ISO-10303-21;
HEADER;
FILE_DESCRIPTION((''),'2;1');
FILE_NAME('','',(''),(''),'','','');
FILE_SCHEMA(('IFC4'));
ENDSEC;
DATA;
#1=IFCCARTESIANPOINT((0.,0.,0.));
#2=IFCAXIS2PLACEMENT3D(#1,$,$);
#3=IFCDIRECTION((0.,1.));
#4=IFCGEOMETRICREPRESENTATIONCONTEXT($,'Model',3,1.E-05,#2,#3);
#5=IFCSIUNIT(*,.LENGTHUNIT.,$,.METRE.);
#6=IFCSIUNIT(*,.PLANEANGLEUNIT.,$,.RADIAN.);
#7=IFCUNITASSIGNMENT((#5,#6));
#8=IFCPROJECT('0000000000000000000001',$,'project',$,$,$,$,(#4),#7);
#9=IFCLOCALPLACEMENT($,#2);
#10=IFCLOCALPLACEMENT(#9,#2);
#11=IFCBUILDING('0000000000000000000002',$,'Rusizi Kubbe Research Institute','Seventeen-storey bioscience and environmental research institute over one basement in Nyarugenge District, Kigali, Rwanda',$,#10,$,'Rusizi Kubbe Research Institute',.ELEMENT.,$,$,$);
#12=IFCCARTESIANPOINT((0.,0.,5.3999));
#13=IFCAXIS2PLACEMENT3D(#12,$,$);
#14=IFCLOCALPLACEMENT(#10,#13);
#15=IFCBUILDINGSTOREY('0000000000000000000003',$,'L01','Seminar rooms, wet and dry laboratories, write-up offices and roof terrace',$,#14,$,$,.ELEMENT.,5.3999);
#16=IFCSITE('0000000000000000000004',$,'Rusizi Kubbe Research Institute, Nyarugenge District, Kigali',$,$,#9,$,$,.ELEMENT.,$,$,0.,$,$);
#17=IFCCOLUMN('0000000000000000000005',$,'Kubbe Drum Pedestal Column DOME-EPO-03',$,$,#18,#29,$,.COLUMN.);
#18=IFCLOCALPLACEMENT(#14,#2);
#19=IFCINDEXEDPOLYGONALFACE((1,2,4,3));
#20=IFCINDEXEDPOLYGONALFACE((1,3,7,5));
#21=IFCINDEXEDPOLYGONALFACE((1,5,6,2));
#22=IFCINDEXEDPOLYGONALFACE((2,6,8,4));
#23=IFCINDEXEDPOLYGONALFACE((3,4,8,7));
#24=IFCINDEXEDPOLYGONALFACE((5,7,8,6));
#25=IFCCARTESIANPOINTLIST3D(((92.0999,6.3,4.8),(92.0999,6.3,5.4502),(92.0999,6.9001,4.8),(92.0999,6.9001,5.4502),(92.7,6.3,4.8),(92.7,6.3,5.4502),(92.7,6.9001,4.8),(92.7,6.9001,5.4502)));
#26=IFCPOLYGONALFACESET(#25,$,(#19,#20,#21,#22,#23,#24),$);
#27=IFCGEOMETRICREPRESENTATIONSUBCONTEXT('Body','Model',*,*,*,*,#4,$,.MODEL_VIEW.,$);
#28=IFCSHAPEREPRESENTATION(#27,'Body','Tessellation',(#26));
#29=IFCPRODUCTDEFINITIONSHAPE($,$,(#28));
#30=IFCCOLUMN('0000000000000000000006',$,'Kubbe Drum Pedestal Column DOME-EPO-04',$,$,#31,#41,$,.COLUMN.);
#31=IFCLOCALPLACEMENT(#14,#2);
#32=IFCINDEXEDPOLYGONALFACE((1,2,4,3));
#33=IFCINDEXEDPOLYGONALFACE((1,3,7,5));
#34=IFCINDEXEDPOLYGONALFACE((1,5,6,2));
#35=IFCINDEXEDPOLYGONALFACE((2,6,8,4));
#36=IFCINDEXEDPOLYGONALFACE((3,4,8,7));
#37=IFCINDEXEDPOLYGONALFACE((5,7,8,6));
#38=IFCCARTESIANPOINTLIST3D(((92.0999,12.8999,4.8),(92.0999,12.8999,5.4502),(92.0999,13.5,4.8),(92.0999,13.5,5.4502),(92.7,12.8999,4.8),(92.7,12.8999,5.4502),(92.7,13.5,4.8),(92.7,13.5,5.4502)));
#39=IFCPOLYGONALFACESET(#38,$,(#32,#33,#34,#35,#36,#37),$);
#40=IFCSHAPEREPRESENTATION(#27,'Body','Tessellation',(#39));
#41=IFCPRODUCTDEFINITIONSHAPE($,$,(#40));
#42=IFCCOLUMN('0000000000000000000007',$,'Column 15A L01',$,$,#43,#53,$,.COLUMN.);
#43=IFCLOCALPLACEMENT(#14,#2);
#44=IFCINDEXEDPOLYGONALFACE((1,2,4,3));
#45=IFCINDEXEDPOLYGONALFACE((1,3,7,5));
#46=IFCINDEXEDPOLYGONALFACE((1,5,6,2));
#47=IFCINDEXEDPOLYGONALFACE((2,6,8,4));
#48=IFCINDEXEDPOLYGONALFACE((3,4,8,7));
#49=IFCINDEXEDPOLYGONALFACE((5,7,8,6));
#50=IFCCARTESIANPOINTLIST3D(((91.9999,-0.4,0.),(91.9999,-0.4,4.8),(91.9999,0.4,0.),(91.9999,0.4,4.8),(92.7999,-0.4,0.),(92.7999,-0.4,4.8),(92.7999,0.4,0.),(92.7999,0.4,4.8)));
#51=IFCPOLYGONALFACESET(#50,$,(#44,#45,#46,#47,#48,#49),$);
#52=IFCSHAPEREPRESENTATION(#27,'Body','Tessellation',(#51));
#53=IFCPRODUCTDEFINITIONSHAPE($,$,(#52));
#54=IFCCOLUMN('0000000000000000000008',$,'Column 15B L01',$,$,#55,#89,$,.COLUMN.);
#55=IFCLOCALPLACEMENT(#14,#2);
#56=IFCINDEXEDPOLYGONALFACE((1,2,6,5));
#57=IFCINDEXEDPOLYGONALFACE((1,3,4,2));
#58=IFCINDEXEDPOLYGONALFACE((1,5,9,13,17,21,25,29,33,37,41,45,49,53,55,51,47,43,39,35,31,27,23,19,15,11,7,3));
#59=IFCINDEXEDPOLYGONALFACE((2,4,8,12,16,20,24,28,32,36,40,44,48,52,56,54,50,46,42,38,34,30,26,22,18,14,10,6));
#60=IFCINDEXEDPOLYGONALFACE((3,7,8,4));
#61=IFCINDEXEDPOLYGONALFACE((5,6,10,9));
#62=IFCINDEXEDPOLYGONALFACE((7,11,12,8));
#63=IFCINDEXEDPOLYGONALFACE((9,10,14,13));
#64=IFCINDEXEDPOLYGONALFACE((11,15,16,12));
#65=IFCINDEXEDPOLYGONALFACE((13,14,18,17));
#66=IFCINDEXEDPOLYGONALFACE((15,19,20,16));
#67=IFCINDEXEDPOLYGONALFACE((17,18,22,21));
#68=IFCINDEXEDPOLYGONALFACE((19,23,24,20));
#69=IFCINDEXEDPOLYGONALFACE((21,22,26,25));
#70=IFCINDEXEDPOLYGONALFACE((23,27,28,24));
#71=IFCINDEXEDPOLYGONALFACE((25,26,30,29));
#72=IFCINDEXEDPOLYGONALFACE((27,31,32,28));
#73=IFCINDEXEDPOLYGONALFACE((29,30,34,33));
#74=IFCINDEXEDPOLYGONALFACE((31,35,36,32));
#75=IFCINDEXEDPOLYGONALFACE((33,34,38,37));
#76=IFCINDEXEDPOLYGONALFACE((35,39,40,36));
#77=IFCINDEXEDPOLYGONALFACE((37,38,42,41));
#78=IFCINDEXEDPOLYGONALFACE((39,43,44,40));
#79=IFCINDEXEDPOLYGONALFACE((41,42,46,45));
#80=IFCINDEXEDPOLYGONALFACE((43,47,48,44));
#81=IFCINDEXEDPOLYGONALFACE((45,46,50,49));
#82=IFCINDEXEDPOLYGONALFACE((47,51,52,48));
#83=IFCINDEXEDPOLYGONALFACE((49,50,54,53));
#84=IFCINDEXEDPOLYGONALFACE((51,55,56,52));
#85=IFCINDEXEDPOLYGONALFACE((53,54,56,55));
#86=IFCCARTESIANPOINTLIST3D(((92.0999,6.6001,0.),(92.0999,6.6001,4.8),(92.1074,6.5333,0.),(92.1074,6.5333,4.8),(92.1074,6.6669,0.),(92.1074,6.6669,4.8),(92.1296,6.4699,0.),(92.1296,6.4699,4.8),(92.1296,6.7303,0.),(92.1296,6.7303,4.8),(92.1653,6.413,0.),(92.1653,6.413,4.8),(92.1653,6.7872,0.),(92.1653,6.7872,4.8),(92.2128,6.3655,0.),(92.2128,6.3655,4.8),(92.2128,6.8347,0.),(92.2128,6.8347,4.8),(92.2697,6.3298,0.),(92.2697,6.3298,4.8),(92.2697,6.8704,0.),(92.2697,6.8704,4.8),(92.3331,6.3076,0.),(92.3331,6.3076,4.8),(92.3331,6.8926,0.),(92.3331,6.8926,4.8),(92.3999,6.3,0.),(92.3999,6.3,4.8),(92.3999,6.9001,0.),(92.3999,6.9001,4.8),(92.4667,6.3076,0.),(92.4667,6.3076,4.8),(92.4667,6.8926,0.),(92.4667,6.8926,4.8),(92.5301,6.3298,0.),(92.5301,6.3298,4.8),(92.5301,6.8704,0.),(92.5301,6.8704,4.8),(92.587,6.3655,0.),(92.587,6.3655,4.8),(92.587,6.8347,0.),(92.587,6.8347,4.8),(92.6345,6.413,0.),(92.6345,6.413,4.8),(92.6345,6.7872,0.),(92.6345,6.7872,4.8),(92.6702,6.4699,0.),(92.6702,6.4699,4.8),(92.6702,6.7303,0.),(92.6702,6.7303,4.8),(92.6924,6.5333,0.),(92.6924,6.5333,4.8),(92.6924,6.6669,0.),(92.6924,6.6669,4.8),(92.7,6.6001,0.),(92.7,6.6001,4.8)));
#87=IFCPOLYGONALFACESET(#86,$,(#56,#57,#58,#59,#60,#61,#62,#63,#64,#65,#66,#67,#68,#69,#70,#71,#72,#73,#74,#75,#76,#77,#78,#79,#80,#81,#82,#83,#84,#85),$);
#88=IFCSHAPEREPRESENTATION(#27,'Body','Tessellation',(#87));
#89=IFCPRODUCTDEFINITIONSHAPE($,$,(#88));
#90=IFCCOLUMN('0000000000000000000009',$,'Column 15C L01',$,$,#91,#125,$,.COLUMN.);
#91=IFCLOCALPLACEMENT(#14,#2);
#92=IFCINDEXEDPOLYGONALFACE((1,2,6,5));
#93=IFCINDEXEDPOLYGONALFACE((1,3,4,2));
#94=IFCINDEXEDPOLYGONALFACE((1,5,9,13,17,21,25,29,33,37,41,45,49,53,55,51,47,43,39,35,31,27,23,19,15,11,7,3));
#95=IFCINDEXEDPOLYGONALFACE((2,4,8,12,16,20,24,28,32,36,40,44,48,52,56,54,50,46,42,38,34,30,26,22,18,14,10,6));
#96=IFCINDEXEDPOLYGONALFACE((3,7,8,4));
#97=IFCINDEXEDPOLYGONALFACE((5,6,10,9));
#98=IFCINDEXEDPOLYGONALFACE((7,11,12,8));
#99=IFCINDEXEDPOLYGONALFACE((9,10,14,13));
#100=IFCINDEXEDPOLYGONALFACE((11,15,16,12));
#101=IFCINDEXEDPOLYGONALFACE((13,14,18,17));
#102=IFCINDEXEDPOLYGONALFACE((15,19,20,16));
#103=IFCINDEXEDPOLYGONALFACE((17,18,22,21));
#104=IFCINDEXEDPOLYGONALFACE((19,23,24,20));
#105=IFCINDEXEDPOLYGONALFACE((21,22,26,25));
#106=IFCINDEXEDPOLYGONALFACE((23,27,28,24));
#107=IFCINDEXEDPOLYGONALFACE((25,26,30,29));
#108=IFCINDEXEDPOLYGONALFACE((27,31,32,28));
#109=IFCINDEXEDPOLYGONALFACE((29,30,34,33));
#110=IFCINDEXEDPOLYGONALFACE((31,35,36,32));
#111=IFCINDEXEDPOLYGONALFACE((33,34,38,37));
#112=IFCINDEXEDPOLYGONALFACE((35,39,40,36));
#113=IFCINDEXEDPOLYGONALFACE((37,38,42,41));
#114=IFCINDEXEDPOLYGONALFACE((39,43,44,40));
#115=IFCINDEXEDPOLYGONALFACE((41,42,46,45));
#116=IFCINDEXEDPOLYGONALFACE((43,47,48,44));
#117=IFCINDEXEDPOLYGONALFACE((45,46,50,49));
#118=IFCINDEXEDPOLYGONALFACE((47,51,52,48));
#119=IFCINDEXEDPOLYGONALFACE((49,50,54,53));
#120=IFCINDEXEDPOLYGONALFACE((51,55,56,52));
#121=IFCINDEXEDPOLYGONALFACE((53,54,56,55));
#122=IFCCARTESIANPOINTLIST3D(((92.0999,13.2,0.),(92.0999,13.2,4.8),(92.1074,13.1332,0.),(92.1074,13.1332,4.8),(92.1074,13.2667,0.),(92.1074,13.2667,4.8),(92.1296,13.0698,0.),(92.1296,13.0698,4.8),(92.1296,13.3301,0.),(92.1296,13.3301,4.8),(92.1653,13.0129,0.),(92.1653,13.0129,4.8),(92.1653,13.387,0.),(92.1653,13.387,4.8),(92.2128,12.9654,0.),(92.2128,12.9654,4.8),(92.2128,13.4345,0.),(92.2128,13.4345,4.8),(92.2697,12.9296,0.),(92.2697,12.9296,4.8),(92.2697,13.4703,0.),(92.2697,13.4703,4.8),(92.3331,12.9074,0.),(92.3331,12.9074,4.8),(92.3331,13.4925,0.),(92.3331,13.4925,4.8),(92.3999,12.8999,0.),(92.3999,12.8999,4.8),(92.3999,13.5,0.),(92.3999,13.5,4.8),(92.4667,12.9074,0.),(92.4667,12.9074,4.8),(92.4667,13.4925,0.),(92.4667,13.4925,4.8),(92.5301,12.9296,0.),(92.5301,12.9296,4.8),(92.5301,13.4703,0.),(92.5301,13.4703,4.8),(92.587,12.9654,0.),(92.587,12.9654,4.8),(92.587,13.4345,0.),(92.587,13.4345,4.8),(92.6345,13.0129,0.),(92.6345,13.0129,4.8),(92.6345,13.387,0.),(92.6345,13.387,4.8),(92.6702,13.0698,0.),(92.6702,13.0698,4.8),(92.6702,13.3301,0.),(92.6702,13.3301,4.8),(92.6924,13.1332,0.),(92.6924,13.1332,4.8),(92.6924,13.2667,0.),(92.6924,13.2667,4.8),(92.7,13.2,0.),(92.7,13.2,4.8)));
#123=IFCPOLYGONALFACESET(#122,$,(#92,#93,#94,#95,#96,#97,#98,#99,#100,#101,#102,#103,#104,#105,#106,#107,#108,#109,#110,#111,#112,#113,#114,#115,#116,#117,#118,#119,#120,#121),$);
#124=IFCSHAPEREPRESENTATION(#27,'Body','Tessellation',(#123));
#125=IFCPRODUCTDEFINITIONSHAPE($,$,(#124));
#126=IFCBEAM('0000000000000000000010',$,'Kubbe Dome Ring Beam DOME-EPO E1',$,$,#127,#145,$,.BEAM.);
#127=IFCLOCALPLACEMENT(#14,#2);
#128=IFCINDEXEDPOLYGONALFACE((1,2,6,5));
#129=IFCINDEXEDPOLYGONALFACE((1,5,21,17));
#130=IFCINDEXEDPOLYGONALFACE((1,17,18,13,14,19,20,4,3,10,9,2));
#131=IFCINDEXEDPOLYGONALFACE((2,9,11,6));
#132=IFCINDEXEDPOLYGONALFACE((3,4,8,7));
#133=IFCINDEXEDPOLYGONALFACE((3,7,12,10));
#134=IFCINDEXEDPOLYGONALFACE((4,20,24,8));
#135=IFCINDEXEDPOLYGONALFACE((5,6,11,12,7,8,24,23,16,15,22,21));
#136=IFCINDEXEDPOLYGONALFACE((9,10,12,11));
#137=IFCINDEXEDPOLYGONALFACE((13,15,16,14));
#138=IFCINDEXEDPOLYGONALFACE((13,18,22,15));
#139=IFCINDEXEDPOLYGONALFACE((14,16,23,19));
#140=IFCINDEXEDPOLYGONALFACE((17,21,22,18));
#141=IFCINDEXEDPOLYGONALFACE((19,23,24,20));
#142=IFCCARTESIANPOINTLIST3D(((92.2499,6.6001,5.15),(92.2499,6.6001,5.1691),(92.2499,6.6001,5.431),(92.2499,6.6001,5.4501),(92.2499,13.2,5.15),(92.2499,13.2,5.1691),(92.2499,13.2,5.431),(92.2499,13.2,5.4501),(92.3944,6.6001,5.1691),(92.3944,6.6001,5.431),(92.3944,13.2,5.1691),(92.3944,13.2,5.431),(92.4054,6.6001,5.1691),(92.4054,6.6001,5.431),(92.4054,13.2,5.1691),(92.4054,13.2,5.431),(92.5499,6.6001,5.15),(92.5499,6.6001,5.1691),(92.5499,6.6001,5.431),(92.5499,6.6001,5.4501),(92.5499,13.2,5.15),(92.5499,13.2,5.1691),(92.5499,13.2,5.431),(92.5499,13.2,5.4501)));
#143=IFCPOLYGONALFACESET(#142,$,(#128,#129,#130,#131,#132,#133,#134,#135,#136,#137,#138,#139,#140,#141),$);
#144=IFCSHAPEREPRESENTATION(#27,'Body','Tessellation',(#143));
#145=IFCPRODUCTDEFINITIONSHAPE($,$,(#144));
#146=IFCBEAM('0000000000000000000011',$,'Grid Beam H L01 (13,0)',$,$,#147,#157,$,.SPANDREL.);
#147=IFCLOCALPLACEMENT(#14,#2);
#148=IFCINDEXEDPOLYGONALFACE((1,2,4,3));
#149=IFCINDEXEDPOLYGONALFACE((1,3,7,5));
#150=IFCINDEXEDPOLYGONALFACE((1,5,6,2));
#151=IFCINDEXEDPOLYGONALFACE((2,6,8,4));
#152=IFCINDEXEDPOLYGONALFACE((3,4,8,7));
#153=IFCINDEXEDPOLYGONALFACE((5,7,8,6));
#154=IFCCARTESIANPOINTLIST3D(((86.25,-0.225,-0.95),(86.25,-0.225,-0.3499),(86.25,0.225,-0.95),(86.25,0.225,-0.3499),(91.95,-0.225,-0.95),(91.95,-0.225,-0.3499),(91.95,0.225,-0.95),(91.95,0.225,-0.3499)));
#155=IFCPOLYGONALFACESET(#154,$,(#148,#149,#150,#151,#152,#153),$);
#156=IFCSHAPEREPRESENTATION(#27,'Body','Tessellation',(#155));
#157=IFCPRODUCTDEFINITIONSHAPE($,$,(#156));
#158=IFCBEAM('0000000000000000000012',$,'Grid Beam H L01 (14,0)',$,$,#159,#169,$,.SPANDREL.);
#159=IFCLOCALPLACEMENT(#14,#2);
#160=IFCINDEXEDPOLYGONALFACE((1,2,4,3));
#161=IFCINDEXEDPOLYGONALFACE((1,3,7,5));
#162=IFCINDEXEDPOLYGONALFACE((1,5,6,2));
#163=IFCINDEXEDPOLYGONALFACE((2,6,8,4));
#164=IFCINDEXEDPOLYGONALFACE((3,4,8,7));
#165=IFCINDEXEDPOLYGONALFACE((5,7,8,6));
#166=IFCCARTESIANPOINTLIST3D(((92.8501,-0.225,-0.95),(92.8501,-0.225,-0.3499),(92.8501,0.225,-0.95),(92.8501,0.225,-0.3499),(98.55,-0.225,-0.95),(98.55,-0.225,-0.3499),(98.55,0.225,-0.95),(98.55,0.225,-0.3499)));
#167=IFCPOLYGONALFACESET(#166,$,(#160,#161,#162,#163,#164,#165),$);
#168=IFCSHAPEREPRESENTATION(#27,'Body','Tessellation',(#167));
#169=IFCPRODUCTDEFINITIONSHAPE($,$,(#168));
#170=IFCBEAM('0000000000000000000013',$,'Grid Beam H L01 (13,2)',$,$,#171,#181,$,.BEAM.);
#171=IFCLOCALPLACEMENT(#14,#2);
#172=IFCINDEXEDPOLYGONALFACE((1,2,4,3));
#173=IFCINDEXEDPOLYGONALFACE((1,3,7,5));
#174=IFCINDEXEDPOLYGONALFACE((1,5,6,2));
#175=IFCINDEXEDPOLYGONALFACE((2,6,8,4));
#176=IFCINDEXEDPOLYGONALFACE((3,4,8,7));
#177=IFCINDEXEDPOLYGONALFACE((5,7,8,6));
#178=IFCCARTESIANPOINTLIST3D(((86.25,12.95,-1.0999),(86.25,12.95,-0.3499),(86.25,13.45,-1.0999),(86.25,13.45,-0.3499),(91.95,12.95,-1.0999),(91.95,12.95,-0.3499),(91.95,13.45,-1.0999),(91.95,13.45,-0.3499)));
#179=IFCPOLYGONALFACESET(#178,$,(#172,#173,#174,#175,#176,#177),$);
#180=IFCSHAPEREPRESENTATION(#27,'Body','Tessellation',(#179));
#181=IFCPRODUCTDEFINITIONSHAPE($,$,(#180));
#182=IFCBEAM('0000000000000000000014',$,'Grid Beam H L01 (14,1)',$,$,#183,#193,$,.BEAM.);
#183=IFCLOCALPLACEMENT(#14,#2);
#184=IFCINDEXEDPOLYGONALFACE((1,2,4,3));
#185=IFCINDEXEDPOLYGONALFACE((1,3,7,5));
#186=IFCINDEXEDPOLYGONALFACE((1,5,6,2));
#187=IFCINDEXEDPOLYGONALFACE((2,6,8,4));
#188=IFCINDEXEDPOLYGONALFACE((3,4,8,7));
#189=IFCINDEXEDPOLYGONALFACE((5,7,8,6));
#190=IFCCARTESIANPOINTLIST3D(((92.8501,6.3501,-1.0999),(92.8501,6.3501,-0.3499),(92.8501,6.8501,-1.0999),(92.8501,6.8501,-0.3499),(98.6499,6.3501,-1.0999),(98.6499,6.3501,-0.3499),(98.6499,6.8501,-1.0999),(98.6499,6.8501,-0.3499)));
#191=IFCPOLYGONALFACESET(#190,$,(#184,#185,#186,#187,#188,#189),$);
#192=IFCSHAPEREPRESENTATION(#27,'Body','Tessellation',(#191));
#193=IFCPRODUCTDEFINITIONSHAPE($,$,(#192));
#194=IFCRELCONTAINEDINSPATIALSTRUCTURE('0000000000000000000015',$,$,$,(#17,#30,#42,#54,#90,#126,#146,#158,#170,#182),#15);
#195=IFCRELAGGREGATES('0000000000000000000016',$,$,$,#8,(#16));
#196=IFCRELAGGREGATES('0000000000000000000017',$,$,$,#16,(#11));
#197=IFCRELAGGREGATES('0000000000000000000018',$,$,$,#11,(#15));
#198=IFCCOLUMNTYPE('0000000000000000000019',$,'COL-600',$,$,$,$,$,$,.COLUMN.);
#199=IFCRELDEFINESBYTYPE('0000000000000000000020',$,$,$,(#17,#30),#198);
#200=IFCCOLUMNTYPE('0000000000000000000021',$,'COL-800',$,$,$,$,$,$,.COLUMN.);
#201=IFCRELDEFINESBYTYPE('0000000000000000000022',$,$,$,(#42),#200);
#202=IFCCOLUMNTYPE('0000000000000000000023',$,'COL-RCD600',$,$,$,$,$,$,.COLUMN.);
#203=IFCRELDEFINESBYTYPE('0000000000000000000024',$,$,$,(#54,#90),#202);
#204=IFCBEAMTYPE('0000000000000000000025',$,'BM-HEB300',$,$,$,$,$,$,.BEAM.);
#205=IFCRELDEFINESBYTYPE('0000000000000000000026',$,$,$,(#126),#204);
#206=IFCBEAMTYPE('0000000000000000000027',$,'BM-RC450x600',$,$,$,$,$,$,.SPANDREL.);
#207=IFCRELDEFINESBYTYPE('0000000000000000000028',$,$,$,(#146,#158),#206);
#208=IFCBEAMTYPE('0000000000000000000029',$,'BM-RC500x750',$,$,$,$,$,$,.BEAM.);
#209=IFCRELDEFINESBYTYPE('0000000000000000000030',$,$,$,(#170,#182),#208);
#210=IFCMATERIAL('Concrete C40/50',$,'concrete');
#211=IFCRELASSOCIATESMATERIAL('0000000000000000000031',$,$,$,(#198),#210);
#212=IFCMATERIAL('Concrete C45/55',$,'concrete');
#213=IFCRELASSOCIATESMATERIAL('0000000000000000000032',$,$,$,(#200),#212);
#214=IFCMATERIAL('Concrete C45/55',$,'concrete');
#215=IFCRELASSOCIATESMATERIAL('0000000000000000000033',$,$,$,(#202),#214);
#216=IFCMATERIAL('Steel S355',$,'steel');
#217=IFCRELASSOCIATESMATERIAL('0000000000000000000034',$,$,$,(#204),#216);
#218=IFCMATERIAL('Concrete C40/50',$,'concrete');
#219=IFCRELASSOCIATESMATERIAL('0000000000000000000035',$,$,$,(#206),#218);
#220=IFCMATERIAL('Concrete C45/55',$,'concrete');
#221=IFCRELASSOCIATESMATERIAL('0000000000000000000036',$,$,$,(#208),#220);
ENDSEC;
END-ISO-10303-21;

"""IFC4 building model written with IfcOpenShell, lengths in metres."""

from ifc_helpers import new_model, si_unit, direction, frame, origin, origin_2d, place, context, subcontext, project, spatial, rectangle, circle, i_section, extrude, material, material_profile, profile_set, type_object, element, save


model = new_model("IFC4")

# Units and contexts
model_context = context("Model", 3, precision=1e-05, world=origin(), true_north=direction((0.0, 1.0)))
body_context = subcontext(model_context, "Body", "Model", "MODEL_VIEW")
ifc_project = project(units=[si_unit("LENGTHUNIT", "METRE"), si_unit("PLANEANGLEUNIT", "RADIAN")], contexts=[model_context])

# Site, building, storey
site_placement = place(None, origin())
site = spatial("IfcSite", under=ifc_project, at=site_placement, Name="Rusizi Kubbe Research Institute, Nyarugenge District, Kigali", CompositionType="ELEMENT", RefElevation=0.0)
building_placement = place(site_placement, origin())
building = spatial("IfcBuilding", under=site, at=building_placement, Name="Rusizi Kubbe Research Institute", Description="Seventeen-storey bioscience and environmental research institute over one basement in Nyarugenge District, Kigali, Rwanda", LongName="Rusizi Kubbe Research Institute", CompositionType="ELEMENT")
storey_placement = place(building_placement, frame((0.0, 0.0, 5.3999)))
storey = spatial("IfcBuildingStorey", under=building, at=storey_placement, Name="L01", Description="Seminar rooms, wet and dry laboratories, write-up offices and roof terrace", CompositionType="ELEMENT", Elevation=5.3999)

# Columns
ifc_material_1 = material(Name="Concrete C40/50", Category="concrete")
ifc_material_profile_1 = material_profile(ifc_material_1, rectangle(XDim=0.6001, YDim=0.6001, at=origin_2d()), Name="RC600x600")
ifc_profile_set_1 = profile_set([ifc_material_profile_1], Name="Concrete C40/50")
column_type_1 = type_object("IfcColumnType", Name="COL-600", PredefinedType="COLUMN", material=ifc_profile_set_1)
for number, where, z_axis, x_axis, name in (
    (1, (92.3999, 6.6001, 4.8), (0.0, 0.0, 1.0), (1.0, 0.0, 0.0), "Kubbe Drum Pedestal Column DOME-EPO-03"),
    (2, (92.3999, 13.2, 4.8), (0.0, 0.0, 1.0), (1.0, 0.0, 0.0), "Kubbe Drum Pedestal Column DOME-EPO-04"),
):
    element("IfcColumn", number, at=place(storey_placement, frame(where, z_axis=z_axis, x_axis=x_axis)), inside=storey, type_object=column_type_1, Name=name, PredefinedType="COLUMN", context=body_context, shape_type="SweptSolid", body=[
        extrude(rectangle(XDim=0.6001, YDim=0.6001, at=origin_2d()), origin(), (0.0, 0.0, 1.0), 0.6501),
    ])
ifc_material_2 = material(Name="Concrete C45/55", Category="concrete")
ifc_material_profile_2 = material_profile(ifc_material_2, rectangle(XDim=0.8, YDim=0.8, at=origin_2d()), Name="RC800x800")
ifc_profile_set_2 = profile_set([ifc_material_profile_2], Name="Concrete C45/55")
column_type_2 = type_object("IfcColumnType", Name="COL-800", PredefinedType="COLUMN", material=ifc_profile_set_2)
column_placement = place(storey_placement, frame((92.3999, 0.0, 0.0), z_axis=(0.0, 0.0, 1.0), x_axis=(1.0, 0.0, 0.0)))
element("IfcColumn", 3, at=column_placement, inside=storey, type_object=column_type_2, Name="Column 15A L01", PredefinedType="COLUMN", context=body_context, shape_type="SweptSolid", body=[
    extrude(rectangle(XDim=0.8, YDim=0.8, at=origin_2d()), origin(), (0.0, 0.0, 1.0), 4.8),
])
ifc_material_3 = material(Name="Concrete C45/55", Category="concrete")
ifc_material_profile_3 = material_profile(ifc_material_3, circle(Radius=0.3, at=origin_2d()), Name="RCD600")
ifc_profile_set_3 = profile_set([ifc_material_profile_3], Name="Concrete C45/55")
column_type_3 = type_object("IfcColumnType", Name="COL-RCD600", PredefinedType="COLUMN", material=ifc_profile_set_3)
for number, where, z_axis, x_axis, name in (
    (4, (92.3999, 6.6001, 0.0), (0.0, 0.0, 1.0), (1.0, 0.0, 0.0), "Column 15B L01"),
    (5, (92.3999, 13.2, 0.0), (0.0, 0.0, 1.0), (1.0, 0.0, 0.0), "Column 15C L01"),
):
    element("IfcColumn", number, at=place(storey_placement, frame(where, z_axis=z_axis, x_axis=x_axis)), inside=storey, type_object=column_type_3, Name=name, PredefinedType="COLUMN", context=body_context, shape_type="SweptSolid", body=[
        extrude(circle(Radius=0.3, at=origin_2d()), origin(), (0.0, 0.0, 1.0), 4.8),
    ])

# Beams
ifc_material_4 = material(Name="Steel S355", Category="steel")
ifc_material_profile_4 = material_profile(ifc_material_4, i_section(OverallWidth=0.3, OverallDepth=0.3, WebThickness=0.011, FlangeThickness=0.019, at=origin_2d()), Name="HEB 300")
ifc_profile_set_4 = profile_set([ifc_material_profile_4], Name="Steel S355")
beam_type_1 = type_object("IfcBeamType", Name="BM-HEB300", PredefinedType="BEAM", material=ifc_profile_set_4)
beam_1_placement = place(storey_placement, frame((92.3999, 6.6001, 5.3), z_axis=(0.0, 1.0, 0.0), x_axis=(-1.0, 0.0, 0.0)))
element("IfcBeam", 6, at=beam_1_placement, inside=storey, type_object=beam_type_1, Name="Kubbe Dome Ring Beam DOME-EPO E1", PredefinedType="BEAM", context=body_context, shape_type="SweptSolid", body=[
    extrude(i_section(OverallWidth=0.3, OverallDepth=0.3, WebThickness=0.011, FlangeThickness=0.019, at=origin_2d()), origin(), (0.0, 0.0, 1.0), 6.5999),
])
ifc_material_5 = material(Name="Concrete C40/50", Category="concrete")
ifc_material_profile_5 = material_profile(ifc_material_5, rectangle(XDim=0.45, YDim=0.6001, at=origin_2d()), Name="RC450x600")
ifc_profile_set_5 = profile_set([ifc_material_profile_5], Name="Concrete C40/50")
beam_type_2 = type_object("IfcBeamType", Name="BM-RC450x600", PredefinedType="SPANDREL", material=ifc_profile_set_5)
for number, where, z_axis, x_axis, name in (
    (7, (86.25, 0.0, -0.6499), (1.0, 0.0, 0.0), (0.0, 1.0, 0.0), "Grid Beam H L01 (13,0)"),
    (8, (92.8501, 0.0, -0.6499), (1.0, 0.0, 0.0), (0.0, 1.0, 0.0), "Grid Beam H L01 (14,0)"),
):
    element("IfcBeam", number, at=place(storey_placement, frame(where, z_axis=z_axis, x_axis=x_axis)), inside=storey, type_object=beam_type_2, Name=name, PredefinedType="SPANDREL", context=body_context, shape_type="SweptSolid", body=[
        extrude(rectangle(XDim=0.45, YDim=0.6001, at=origin_2d()), origin(), (0.0, 0.0, 1.0), 5.7),
    ])
ifc_material_6 = material(Name="Concrete C45/55", Category="concrete")
ifc_material_profile_6 = material_profile(ifc_material_6, rectangle(XDim=0.5, YDim=0.75, at=origin_2d()), Name="RC500x750B")
ifc_profile_set_6 = profile_set([ifc_material_profile_6], Name="Concrete C45/55")
beam_type_3 = type_object("IfcBeamType", Name="BM-RC500x750", PredefinedType="BEAM", material=ifc_profile_set_6)
beam_2_placement = place(storey_placement, frame((86.25, 13.2, -0.7249), z_axis=(1.0, 0.0, 0.0), x_axis=(0.0, 1.0, 0.0)))
element("IfcBeam", 9, at=beam_2_placement, inside=storey, type_object=beam_type_3, Name="Grid Beam H L01 (13,2)", PredefinedType="BEAM", context=body_context, shape_type="SweptSolid", body=[
    extrude(rectangle(XDim=0.5, YDim=0.75, at=origin_2d()), origin(), (0.0, 0.0, 1.0), 5.7),
])
beam_3_placement = place(storey_placement, frame((92.8501, 6.6001, -0.7249), z_axis=(1.0, 0.0, 0.0), x_axis=(0.0, 1.0, 0.0)))
element("IfcBeam", 10, at=beam_3_placement, inside=storey, type_object=beam_type_3, Name="Grid Beam H L01 (14,1)", PredefinedType="BEAM", context=body_context, shape_type="SweptSolid", body=[
    extrude(rectangle(XDim=0.5, YDim=0.75, at=origin_2d()), origin(), (0.0, 0.0, 1.0), 5.7998),
])

save(model, "model.ifc")
